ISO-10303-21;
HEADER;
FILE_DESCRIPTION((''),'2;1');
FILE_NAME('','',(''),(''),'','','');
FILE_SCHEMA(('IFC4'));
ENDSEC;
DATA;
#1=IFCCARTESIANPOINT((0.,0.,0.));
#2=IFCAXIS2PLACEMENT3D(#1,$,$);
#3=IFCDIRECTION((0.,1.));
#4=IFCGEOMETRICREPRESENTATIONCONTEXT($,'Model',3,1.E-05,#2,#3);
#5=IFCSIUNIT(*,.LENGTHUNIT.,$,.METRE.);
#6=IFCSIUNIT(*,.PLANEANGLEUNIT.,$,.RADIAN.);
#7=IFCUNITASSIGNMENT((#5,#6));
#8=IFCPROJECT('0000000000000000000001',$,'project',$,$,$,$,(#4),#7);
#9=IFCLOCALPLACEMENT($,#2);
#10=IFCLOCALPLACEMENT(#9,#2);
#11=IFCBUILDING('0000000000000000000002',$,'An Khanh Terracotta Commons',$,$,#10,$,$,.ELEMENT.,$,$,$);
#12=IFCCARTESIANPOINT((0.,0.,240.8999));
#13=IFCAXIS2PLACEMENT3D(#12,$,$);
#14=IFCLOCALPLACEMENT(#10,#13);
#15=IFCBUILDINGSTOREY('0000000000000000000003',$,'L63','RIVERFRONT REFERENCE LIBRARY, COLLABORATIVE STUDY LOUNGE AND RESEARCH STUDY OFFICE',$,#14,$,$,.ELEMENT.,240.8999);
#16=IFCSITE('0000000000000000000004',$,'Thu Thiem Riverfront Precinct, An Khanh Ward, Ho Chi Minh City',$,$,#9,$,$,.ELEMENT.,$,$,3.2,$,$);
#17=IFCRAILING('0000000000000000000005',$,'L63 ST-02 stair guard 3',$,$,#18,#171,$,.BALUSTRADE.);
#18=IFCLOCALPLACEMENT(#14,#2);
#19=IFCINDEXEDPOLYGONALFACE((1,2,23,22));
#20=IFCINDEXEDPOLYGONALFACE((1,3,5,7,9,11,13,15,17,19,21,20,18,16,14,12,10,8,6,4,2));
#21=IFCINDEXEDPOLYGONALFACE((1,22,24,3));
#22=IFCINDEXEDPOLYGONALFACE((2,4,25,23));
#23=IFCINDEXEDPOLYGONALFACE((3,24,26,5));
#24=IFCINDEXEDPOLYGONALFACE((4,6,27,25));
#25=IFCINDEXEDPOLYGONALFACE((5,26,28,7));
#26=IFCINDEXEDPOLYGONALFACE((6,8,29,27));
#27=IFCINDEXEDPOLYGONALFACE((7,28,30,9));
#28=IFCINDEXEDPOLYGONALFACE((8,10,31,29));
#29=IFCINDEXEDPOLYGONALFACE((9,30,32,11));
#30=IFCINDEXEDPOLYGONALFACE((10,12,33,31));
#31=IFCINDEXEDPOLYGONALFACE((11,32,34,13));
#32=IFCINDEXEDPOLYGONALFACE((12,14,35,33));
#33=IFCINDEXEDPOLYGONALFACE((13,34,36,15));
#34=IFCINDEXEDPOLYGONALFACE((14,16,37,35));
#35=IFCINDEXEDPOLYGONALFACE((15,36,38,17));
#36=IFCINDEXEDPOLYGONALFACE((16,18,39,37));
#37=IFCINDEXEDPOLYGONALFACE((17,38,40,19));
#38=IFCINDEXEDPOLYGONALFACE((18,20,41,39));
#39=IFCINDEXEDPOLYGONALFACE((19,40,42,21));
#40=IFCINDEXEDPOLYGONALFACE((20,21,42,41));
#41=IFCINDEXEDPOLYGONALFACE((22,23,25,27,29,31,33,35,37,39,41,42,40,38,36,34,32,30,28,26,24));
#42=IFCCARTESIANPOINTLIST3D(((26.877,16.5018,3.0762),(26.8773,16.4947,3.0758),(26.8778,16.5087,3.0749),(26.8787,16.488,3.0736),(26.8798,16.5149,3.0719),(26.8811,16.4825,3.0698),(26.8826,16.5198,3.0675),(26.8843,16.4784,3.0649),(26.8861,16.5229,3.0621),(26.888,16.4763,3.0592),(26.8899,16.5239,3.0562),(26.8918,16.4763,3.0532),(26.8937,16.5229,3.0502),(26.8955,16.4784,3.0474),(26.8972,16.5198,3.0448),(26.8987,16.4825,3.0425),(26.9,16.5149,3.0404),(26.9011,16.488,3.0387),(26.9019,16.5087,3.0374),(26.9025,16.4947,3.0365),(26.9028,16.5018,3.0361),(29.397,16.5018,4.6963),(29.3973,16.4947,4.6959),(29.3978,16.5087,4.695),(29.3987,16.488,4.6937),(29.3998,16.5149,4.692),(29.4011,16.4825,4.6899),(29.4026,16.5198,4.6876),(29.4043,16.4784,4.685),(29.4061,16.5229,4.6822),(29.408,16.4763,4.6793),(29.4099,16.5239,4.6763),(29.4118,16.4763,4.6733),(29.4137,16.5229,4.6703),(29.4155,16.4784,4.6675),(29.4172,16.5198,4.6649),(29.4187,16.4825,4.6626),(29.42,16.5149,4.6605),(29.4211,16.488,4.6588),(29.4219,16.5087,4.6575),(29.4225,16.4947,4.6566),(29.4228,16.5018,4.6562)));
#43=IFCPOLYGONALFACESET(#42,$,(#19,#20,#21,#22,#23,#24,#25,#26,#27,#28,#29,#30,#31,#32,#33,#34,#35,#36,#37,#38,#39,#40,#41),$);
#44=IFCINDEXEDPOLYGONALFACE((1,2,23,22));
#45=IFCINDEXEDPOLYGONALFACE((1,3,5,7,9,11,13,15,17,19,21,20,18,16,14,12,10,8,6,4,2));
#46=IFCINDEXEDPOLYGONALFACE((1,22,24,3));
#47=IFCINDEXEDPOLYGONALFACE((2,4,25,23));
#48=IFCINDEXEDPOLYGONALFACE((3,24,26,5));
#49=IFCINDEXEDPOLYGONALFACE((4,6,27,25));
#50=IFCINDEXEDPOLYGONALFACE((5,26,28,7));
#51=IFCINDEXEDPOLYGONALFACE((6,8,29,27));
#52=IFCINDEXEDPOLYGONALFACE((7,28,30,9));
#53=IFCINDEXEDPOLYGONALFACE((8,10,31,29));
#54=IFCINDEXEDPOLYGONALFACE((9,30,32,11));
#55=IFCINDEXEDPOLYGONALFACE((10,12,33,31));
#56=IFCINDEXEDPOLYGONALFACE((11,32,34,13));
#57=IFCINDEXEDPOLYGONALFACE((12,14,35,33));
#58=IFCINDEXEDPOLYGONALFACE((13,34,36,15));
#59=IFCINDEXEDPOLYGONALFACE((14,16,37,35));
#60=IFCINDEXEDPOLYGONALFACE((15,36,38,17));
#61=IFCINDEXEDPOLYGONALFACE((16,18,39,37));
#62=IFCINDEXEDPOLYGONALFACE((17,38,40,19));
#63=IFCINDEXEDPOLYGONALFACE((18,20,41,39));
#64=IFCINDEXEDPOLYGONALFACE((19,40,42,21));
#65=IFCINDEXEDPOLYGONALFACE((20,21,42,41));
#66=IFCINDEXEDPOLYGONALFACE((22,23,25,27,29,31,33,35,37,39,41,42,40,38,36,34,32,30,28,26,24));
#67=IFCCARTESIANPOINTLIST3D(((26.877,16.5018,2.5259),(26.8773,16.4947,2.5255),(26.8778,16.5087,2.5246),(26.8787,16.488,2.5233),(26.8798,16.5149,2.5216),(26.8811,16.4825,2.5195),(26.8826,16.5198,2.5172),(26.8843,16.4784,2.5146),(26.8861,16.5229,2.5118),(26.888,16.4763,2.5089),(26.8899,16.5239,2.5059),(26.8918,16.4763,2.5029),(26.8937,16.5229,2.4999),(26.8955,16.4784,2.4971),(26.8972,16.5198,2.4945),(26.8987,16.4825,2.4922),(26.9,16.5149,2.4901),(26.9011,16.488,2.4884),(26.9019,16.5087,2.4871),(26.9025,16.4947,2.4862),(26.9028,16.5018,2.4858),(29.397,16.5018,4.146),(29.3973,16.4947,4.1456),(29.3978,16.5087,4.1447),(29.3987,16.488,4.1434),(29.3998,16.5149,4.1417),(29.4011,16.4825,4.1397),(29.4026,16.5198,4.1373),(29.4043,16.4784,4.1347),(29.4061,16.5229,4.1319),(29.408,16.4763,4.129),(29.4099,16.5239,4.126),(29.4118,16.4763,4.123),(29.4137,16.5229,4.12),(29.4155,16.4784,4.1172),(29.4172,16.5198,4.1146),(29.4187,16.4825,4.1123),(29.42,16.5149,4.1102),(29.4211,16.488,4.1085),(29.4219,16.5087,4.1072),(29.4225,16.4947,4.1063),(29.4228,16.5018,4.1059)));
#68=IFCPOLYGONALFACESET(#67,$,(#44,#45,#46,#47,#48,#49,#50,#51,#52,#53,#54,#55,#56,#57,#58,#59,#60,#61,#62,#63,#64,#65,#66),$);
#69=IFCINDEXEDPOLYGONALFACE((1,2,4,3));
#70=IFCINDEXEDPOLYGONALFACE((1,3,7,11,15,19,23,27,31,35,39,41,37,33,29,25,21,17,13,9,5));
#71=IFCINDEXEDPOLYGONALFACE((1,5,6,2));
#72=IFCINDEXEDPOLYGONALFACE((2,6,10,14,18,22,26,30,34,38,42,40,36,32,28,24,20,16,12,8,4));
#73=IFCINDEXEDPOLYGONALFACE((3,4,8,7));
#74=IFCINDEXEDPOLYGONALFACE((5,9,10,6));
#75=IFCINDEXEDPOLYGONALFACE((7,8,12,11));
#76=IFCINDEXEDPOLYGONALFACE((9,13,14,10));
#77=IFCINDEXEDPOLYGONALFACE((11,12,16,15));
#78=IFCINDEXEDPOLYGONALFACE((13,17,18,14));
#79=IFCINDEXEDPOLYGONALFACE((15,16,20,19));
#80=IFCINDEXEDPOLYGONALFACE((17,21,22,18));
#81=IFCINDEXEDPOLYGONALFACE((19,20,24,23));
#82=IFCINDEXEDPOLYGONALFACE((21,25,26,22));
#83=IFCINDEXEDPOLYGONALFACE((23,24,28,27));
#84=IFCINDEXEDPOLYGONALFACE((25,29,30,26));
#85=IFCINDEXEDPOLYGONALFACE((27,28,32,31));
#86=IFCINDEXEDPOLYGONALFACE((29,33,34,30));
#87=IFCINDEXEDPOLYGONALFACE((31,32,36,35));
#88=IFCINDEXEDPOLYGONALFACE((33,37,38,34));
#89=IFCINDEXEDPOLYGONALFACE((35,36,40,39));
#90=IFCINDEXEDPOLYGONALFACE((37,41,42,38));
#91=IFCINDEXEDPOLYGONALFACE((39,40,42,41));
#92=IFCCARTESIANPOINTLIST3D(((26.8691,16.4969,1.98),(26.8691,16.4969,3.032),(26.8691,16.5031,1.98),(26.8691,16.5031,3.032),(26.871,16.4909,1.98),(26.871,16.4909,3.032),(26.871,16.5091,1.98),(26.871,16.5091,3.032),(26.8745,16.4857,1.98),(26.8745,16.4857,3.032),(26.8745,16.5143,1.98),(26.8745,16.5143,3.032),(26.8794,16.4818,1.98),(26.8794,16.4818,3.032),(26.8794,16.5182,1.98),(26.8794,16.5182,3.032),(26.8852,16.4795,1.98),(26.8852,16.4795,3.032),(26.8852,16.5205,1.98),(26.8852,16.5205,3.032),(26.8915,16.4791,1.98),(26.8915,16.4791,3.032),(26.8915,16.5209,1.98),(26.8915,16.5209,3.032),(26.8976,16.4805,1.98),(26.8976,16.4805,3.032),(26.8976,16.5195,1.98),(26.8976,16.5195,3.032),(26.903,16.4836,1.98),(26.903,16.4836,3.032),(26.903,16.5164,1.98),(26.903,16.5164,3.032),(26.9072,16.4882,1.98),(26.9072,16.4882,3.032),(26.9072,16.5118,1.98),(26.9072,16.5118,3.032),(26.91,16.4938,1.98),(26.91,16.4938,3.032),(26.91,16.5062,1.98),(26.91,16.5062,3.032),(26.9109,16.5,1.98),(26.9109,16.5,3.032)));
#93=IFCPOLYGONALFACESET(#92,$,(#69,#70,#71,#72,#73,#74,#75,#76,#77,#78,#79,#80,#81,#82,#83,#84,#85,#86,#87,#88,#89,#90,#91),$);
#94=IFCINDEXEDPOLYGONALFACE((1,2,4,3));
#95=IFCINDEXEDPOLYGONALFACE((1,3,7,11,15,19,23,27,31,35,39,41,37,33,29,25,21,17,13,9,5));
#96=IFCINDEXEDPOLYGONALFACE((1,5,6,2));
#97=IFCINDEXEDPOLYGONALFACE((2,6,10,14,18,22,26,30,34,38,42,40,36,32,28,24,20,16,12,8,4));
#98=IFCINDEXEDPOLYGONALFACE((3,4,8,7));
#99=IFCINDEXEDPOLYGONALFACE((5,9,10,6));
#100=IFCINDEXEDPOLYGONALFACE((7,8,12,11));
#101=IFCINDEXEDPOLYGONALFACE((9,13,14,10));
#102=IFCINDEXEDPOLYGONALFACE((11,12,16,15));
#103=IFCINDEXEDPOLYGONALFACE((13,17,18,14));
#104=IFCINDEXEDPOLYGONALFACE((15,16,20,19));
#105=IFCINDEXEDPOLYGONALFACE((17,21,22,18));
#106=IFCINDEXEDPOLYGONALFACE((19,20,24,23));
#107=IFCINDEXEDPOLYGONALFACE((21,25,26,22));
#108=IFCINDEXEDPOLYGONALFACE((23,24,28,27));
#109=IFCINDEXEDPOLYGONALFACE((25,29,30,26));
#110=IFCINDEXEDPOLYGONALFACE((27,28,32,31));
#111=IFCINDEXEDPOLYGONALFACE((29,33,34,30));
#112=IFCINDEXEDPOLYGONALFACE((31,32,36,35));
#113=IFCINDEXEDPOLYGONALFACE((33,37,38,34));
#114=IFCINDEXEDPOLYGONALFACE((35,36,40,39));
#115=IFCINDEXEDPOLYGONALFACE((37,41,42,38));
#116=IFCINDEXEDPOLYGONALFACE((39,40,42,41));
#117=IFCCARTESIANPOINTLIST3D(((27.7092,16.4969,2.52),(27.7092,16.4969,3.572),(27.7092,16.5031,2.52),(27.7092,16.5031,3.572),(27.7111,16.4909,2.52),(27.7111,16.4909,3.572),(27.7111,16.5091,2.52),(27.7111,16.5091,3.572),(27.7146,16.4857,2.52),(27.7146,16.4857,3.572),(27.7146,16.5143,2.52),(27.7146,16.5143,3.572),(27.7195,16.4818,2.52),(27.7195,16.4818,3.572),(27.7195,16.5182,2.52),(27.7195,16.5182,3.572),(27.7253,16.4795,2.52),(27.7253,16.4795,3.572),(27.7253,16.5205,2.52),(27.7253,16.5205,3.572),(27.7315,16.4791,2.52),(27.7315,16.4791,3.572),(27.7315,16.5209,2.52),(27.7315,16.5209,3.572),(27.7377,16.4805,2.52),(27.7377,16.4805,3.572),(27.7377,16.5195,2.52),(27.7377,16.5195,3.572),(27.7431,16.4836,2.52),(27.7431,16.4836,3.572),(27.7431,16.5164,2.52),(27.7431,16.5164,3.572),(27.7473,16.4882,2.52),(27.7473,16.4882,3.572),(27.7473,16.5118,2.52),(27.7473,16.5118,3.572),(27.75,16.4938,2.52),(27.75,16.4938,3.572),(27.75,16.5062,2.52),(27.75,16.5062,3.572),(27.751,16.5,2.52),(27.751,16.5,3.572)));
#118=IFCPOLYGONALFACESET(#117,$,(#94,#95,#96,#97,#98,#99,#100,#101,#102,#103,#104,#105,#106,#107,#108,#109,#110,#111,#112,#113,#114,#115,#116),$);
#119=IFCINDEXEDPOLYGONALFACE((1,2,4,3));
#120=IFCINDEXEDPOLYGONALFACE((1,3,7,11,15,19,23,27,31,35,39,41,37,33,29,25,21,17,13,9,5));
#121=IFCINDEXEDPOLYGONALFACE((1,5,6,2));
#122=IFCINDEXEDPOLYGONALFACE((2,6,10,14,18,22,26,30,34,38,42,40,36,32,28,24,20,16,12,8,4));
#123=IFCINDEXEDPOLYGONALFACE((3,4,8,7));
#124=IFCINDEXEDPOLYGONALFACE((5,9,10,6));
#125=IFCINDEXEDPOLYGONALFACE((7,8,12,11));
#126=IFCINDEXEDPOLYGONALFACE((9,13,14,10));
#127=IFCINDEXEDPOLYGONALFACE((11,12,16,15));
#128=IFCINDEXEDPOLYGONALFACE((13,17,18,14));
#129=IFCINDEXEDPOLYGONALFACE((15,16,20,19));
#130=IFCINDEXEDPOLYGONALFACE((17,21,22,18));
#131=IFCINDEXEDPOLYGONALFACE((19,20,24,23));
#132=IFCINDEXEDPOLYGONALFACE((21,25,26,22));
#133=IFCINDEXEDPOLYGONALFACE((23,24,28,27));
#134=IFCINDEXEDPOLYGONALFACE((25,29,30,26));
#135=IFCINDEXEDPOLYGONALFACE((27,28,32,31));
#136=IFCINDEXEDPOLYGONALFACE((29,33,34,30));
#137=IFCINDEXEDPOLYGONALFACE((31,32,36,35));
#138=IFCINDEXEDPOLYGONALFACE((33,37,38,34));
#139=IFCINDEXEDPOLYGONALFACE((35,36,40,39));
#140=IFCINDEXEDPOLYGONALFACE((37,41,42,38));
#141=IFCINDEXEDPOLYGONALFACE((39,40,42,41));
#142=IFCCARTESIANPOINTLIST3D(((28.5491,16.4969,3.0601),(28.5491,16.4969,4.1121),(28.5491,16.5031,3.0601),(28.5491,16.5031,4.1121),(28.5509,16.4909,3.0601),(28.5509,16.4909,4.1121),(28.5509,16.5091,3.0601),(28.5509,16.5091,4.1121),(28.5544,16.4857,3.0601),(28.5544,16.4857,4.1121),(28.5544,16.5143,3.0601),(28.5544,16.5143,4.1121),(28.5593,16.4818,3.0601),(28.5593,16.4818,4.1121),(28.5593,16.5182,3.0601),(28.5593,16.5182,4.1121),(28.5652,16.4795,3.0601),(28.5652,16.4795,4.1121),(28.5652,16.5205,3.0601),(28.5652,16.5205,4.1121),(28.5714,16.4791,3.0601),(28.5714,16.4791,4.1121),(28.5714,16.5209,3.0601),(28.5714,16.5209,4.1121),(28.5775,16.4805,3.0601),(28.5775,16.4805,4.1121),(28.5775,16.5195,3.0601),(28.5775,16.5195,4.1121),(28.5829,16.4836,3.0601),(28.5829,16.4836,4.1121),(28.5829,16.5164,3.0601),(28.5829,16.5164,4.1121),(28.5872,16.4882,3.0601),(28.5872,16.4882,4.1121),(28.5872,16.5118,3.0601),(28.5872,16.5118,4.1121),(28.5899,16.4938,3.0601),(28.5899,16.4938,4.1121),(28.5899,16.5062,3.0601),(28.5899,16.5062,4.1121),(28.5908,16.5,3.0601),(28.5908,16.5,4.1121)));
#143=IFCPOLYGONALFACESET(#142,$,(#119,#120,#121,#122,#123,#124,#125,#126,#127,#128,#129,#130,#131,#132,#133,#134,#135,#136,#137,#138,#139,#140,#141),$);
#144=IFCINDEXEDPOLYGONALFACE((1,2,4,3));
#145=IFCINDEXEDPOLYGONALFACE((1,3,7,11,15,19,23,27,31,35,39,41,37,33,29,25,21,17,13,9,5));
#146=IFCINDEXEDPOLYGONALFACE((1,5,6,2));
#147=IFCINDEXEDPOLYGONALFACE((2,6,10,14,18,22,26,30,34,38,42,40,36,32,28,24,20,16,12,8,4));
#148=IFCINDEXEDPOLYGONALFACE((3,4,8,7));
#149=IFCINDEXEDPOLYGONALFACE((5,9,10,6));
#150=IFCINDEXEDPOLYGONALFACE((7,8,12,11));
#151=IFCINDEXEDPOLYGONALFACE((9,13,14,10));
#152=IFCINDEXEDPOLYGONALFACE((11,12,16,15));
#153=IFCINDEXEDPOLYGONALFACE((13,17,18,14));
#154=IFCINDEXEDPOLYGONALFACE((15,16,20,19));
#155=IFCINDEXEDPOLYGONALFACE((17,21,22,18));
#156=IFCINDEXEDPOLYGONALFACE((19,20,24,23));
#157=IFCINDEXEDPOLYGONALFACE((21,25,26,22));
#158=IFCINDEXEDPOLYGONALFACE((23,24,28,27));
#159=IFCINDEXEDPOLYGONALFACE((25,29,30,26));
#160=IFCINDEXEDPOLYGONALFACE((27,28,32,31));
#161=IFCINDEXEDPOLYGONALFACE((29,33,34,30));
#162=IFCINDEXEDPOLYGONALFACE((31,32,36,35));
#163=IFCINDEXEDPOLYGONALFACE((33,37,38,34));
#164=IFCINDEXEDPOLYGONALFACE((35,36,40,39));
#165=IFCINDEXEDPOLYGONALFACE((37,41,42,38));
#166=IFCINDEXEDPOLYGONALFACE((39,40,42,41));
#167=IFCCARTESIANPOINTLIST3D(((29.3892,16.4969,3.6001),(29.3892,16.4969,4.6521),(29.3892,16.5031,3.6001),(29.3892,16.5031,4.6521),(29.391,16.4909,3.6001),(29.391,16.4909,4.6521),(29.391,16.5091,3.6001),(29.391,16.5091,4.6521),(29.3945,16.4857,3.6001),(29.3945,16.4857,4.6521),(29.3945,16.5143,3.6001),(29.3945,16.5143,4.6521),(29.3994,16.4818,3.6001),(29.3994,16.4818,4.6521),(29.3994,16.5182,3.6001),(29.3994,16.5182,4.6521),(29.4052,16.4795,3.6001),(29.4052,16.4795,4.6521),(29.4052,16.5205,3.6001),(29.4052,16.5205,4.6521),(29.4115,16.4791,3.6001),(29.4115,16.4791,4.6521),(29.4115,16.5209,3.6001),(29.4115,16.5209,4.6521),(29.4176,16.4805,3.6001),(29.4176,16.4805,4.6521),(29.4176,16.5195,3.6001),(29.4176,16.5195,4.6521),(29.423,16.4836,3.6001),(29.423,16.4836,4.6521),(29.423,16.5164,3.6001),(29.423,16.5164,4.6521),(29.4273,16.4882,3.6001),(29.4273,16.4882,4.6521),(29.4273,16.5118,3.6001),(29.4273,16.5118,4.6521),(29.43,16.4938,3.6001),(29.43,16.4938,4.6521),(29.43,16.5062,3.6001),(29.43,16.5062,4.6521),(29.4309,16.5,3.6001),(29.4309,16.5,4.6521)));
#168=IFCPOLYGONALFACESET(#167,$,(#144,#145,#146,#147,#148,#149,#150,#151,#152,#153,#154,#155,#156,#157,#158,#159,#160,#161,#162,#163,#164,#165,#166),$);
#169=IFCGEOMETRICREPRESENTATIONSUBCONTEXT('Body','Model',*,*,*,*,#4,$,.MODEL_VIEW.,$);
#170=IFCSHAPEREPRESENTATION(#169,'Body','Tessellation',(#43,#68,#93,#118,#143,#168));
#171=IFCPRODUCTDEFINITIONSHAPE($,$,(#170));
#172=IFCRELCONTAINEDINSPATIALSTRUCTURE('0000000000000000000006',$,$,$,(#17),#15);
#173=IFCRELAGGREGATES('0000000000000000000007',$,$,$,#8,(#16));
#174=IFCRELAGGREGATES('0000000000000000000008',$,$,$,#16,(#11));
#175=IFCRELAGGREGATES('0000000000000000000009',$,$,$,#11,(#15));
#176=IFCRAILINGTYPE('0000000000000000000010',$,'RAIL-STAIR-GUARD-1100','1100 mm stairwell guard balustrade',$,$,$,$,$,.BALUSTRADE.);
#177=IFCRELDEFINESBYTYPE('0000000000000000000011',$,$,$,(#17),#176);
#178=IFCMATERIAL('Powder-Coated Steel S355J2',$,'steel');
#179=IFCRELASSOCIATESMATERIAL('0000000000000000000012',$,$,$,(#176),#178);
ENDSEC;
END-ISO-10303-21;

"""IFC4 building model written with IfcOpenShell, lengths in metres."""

from ifc_helpers import new_model, si_unit, direction, frame, origin, origin_2d, place, context, subcontext, project, spatial, circle, extrude, material, type_object, element, save


model = new_model("IFC4")

# Units and contexts
model_context = context("Model", 3, precision=1e-05, world=origin(), true_north=direction((0.0, 1.0)))
body_context = subcontext(model_context, "Body", "Model", "MODEL_VIEW")
ifc_project = project(units=[si_unit("LENGTHUNIT", "METRE"), si_unit("PLANEANGLEUNIT", "RADIAN")], contexts=[model_context])

# Site, building, storey
site_placement = place(None, origin())
site = spatial("IfcSite", under=ifc_project, at=site_placement, Name="Thu Thiem Riverfront Precinct, An Khanh Ward, Ho Chi Minh City", CompositionType="ELEMENT", RefElevation=3.2)
building_placement = place(site_placement, origin())
building = spatial("IfcBuilding", under=site, at=building_placement, Name="An Khanh Terracotta Commons", CompositionType="ELEMENT")
storey_placement = place(building_placement, frame((0.0, 0.0, 240.8999)))
storey = spatial("IfcBuildingStorey", under=building, at=storey_placement, Name="L63", Description="RIVERFRONT REFERENCE LIBRARY, COLLABORATIVE STUDY LOUNGE AND RESEARCH STUDY OFFICE", CompositionType="ELEMENT", Elevation=240.8999)

# Railing
ifc_material_1 = material(Name="Powder-Coated Steel S355J2", Category="steel")
railing_type_1 = type_object("IfcRailingType", Name="RAIL-STAIR-GUARD-1100", Description="1100 mm stairwell guard balustrade", PredefinedType="BALUSTRADE", material=ifc_material_1)
railing_1_placement = place(storey_placement, frame((26.8899, 16.5, 1.98)))
element("IfcRailing", 1, at=railing_1_placement, inside=storey, type_object=railing_type_1, Name="L63 ST-02 stair guard 3", PredefinedType="BALUSTRADE", context=body_context, shape_type="SweptSolid", body=[
    extrude(circle(Radius=0.0239, at=origin_2d()), frame((0.0, 0.0, 1.0762), z_axis=(0.841163, 0.0, 0.540782), x_axis=(0.0, 1.0, 0.0)), (0.0, 0.0, 1.0), 2.9958),
    extrude(circle(Radius=0.0239, at=origin_2d()), frame((0.0, 0.0, 0.5259), z_axis=(0.841163, 0.0, 0.540782), x_axis=(0.0, 1.0, 0.0)), (0.0, 0.0, 1.0), 2.9958),
    extrude(circle(Radius=0.021, at=origin_2d()), origin(), (0.0, 0.0, 1.0), 1.052),
    extrude(circle(Radius=0.021, at=origin_2d()), frame((0.8401, 0.0, 0.54)), (0.0, 0.0, 1.0), 1.052),
    extrude(circle(Radius=0.021, at=origin_2d()), frame((1.6799, 0.0, 1.0801)), (0.0, 0.0, 1.0), 1.052),
    extrude(circle(Radius=0.021, at=origin_2d()), frame((2.52, 0.0, 1.6201)), (0.0, 0.0, 1.0), 1.052),
])

save(model, "model.ifc")
